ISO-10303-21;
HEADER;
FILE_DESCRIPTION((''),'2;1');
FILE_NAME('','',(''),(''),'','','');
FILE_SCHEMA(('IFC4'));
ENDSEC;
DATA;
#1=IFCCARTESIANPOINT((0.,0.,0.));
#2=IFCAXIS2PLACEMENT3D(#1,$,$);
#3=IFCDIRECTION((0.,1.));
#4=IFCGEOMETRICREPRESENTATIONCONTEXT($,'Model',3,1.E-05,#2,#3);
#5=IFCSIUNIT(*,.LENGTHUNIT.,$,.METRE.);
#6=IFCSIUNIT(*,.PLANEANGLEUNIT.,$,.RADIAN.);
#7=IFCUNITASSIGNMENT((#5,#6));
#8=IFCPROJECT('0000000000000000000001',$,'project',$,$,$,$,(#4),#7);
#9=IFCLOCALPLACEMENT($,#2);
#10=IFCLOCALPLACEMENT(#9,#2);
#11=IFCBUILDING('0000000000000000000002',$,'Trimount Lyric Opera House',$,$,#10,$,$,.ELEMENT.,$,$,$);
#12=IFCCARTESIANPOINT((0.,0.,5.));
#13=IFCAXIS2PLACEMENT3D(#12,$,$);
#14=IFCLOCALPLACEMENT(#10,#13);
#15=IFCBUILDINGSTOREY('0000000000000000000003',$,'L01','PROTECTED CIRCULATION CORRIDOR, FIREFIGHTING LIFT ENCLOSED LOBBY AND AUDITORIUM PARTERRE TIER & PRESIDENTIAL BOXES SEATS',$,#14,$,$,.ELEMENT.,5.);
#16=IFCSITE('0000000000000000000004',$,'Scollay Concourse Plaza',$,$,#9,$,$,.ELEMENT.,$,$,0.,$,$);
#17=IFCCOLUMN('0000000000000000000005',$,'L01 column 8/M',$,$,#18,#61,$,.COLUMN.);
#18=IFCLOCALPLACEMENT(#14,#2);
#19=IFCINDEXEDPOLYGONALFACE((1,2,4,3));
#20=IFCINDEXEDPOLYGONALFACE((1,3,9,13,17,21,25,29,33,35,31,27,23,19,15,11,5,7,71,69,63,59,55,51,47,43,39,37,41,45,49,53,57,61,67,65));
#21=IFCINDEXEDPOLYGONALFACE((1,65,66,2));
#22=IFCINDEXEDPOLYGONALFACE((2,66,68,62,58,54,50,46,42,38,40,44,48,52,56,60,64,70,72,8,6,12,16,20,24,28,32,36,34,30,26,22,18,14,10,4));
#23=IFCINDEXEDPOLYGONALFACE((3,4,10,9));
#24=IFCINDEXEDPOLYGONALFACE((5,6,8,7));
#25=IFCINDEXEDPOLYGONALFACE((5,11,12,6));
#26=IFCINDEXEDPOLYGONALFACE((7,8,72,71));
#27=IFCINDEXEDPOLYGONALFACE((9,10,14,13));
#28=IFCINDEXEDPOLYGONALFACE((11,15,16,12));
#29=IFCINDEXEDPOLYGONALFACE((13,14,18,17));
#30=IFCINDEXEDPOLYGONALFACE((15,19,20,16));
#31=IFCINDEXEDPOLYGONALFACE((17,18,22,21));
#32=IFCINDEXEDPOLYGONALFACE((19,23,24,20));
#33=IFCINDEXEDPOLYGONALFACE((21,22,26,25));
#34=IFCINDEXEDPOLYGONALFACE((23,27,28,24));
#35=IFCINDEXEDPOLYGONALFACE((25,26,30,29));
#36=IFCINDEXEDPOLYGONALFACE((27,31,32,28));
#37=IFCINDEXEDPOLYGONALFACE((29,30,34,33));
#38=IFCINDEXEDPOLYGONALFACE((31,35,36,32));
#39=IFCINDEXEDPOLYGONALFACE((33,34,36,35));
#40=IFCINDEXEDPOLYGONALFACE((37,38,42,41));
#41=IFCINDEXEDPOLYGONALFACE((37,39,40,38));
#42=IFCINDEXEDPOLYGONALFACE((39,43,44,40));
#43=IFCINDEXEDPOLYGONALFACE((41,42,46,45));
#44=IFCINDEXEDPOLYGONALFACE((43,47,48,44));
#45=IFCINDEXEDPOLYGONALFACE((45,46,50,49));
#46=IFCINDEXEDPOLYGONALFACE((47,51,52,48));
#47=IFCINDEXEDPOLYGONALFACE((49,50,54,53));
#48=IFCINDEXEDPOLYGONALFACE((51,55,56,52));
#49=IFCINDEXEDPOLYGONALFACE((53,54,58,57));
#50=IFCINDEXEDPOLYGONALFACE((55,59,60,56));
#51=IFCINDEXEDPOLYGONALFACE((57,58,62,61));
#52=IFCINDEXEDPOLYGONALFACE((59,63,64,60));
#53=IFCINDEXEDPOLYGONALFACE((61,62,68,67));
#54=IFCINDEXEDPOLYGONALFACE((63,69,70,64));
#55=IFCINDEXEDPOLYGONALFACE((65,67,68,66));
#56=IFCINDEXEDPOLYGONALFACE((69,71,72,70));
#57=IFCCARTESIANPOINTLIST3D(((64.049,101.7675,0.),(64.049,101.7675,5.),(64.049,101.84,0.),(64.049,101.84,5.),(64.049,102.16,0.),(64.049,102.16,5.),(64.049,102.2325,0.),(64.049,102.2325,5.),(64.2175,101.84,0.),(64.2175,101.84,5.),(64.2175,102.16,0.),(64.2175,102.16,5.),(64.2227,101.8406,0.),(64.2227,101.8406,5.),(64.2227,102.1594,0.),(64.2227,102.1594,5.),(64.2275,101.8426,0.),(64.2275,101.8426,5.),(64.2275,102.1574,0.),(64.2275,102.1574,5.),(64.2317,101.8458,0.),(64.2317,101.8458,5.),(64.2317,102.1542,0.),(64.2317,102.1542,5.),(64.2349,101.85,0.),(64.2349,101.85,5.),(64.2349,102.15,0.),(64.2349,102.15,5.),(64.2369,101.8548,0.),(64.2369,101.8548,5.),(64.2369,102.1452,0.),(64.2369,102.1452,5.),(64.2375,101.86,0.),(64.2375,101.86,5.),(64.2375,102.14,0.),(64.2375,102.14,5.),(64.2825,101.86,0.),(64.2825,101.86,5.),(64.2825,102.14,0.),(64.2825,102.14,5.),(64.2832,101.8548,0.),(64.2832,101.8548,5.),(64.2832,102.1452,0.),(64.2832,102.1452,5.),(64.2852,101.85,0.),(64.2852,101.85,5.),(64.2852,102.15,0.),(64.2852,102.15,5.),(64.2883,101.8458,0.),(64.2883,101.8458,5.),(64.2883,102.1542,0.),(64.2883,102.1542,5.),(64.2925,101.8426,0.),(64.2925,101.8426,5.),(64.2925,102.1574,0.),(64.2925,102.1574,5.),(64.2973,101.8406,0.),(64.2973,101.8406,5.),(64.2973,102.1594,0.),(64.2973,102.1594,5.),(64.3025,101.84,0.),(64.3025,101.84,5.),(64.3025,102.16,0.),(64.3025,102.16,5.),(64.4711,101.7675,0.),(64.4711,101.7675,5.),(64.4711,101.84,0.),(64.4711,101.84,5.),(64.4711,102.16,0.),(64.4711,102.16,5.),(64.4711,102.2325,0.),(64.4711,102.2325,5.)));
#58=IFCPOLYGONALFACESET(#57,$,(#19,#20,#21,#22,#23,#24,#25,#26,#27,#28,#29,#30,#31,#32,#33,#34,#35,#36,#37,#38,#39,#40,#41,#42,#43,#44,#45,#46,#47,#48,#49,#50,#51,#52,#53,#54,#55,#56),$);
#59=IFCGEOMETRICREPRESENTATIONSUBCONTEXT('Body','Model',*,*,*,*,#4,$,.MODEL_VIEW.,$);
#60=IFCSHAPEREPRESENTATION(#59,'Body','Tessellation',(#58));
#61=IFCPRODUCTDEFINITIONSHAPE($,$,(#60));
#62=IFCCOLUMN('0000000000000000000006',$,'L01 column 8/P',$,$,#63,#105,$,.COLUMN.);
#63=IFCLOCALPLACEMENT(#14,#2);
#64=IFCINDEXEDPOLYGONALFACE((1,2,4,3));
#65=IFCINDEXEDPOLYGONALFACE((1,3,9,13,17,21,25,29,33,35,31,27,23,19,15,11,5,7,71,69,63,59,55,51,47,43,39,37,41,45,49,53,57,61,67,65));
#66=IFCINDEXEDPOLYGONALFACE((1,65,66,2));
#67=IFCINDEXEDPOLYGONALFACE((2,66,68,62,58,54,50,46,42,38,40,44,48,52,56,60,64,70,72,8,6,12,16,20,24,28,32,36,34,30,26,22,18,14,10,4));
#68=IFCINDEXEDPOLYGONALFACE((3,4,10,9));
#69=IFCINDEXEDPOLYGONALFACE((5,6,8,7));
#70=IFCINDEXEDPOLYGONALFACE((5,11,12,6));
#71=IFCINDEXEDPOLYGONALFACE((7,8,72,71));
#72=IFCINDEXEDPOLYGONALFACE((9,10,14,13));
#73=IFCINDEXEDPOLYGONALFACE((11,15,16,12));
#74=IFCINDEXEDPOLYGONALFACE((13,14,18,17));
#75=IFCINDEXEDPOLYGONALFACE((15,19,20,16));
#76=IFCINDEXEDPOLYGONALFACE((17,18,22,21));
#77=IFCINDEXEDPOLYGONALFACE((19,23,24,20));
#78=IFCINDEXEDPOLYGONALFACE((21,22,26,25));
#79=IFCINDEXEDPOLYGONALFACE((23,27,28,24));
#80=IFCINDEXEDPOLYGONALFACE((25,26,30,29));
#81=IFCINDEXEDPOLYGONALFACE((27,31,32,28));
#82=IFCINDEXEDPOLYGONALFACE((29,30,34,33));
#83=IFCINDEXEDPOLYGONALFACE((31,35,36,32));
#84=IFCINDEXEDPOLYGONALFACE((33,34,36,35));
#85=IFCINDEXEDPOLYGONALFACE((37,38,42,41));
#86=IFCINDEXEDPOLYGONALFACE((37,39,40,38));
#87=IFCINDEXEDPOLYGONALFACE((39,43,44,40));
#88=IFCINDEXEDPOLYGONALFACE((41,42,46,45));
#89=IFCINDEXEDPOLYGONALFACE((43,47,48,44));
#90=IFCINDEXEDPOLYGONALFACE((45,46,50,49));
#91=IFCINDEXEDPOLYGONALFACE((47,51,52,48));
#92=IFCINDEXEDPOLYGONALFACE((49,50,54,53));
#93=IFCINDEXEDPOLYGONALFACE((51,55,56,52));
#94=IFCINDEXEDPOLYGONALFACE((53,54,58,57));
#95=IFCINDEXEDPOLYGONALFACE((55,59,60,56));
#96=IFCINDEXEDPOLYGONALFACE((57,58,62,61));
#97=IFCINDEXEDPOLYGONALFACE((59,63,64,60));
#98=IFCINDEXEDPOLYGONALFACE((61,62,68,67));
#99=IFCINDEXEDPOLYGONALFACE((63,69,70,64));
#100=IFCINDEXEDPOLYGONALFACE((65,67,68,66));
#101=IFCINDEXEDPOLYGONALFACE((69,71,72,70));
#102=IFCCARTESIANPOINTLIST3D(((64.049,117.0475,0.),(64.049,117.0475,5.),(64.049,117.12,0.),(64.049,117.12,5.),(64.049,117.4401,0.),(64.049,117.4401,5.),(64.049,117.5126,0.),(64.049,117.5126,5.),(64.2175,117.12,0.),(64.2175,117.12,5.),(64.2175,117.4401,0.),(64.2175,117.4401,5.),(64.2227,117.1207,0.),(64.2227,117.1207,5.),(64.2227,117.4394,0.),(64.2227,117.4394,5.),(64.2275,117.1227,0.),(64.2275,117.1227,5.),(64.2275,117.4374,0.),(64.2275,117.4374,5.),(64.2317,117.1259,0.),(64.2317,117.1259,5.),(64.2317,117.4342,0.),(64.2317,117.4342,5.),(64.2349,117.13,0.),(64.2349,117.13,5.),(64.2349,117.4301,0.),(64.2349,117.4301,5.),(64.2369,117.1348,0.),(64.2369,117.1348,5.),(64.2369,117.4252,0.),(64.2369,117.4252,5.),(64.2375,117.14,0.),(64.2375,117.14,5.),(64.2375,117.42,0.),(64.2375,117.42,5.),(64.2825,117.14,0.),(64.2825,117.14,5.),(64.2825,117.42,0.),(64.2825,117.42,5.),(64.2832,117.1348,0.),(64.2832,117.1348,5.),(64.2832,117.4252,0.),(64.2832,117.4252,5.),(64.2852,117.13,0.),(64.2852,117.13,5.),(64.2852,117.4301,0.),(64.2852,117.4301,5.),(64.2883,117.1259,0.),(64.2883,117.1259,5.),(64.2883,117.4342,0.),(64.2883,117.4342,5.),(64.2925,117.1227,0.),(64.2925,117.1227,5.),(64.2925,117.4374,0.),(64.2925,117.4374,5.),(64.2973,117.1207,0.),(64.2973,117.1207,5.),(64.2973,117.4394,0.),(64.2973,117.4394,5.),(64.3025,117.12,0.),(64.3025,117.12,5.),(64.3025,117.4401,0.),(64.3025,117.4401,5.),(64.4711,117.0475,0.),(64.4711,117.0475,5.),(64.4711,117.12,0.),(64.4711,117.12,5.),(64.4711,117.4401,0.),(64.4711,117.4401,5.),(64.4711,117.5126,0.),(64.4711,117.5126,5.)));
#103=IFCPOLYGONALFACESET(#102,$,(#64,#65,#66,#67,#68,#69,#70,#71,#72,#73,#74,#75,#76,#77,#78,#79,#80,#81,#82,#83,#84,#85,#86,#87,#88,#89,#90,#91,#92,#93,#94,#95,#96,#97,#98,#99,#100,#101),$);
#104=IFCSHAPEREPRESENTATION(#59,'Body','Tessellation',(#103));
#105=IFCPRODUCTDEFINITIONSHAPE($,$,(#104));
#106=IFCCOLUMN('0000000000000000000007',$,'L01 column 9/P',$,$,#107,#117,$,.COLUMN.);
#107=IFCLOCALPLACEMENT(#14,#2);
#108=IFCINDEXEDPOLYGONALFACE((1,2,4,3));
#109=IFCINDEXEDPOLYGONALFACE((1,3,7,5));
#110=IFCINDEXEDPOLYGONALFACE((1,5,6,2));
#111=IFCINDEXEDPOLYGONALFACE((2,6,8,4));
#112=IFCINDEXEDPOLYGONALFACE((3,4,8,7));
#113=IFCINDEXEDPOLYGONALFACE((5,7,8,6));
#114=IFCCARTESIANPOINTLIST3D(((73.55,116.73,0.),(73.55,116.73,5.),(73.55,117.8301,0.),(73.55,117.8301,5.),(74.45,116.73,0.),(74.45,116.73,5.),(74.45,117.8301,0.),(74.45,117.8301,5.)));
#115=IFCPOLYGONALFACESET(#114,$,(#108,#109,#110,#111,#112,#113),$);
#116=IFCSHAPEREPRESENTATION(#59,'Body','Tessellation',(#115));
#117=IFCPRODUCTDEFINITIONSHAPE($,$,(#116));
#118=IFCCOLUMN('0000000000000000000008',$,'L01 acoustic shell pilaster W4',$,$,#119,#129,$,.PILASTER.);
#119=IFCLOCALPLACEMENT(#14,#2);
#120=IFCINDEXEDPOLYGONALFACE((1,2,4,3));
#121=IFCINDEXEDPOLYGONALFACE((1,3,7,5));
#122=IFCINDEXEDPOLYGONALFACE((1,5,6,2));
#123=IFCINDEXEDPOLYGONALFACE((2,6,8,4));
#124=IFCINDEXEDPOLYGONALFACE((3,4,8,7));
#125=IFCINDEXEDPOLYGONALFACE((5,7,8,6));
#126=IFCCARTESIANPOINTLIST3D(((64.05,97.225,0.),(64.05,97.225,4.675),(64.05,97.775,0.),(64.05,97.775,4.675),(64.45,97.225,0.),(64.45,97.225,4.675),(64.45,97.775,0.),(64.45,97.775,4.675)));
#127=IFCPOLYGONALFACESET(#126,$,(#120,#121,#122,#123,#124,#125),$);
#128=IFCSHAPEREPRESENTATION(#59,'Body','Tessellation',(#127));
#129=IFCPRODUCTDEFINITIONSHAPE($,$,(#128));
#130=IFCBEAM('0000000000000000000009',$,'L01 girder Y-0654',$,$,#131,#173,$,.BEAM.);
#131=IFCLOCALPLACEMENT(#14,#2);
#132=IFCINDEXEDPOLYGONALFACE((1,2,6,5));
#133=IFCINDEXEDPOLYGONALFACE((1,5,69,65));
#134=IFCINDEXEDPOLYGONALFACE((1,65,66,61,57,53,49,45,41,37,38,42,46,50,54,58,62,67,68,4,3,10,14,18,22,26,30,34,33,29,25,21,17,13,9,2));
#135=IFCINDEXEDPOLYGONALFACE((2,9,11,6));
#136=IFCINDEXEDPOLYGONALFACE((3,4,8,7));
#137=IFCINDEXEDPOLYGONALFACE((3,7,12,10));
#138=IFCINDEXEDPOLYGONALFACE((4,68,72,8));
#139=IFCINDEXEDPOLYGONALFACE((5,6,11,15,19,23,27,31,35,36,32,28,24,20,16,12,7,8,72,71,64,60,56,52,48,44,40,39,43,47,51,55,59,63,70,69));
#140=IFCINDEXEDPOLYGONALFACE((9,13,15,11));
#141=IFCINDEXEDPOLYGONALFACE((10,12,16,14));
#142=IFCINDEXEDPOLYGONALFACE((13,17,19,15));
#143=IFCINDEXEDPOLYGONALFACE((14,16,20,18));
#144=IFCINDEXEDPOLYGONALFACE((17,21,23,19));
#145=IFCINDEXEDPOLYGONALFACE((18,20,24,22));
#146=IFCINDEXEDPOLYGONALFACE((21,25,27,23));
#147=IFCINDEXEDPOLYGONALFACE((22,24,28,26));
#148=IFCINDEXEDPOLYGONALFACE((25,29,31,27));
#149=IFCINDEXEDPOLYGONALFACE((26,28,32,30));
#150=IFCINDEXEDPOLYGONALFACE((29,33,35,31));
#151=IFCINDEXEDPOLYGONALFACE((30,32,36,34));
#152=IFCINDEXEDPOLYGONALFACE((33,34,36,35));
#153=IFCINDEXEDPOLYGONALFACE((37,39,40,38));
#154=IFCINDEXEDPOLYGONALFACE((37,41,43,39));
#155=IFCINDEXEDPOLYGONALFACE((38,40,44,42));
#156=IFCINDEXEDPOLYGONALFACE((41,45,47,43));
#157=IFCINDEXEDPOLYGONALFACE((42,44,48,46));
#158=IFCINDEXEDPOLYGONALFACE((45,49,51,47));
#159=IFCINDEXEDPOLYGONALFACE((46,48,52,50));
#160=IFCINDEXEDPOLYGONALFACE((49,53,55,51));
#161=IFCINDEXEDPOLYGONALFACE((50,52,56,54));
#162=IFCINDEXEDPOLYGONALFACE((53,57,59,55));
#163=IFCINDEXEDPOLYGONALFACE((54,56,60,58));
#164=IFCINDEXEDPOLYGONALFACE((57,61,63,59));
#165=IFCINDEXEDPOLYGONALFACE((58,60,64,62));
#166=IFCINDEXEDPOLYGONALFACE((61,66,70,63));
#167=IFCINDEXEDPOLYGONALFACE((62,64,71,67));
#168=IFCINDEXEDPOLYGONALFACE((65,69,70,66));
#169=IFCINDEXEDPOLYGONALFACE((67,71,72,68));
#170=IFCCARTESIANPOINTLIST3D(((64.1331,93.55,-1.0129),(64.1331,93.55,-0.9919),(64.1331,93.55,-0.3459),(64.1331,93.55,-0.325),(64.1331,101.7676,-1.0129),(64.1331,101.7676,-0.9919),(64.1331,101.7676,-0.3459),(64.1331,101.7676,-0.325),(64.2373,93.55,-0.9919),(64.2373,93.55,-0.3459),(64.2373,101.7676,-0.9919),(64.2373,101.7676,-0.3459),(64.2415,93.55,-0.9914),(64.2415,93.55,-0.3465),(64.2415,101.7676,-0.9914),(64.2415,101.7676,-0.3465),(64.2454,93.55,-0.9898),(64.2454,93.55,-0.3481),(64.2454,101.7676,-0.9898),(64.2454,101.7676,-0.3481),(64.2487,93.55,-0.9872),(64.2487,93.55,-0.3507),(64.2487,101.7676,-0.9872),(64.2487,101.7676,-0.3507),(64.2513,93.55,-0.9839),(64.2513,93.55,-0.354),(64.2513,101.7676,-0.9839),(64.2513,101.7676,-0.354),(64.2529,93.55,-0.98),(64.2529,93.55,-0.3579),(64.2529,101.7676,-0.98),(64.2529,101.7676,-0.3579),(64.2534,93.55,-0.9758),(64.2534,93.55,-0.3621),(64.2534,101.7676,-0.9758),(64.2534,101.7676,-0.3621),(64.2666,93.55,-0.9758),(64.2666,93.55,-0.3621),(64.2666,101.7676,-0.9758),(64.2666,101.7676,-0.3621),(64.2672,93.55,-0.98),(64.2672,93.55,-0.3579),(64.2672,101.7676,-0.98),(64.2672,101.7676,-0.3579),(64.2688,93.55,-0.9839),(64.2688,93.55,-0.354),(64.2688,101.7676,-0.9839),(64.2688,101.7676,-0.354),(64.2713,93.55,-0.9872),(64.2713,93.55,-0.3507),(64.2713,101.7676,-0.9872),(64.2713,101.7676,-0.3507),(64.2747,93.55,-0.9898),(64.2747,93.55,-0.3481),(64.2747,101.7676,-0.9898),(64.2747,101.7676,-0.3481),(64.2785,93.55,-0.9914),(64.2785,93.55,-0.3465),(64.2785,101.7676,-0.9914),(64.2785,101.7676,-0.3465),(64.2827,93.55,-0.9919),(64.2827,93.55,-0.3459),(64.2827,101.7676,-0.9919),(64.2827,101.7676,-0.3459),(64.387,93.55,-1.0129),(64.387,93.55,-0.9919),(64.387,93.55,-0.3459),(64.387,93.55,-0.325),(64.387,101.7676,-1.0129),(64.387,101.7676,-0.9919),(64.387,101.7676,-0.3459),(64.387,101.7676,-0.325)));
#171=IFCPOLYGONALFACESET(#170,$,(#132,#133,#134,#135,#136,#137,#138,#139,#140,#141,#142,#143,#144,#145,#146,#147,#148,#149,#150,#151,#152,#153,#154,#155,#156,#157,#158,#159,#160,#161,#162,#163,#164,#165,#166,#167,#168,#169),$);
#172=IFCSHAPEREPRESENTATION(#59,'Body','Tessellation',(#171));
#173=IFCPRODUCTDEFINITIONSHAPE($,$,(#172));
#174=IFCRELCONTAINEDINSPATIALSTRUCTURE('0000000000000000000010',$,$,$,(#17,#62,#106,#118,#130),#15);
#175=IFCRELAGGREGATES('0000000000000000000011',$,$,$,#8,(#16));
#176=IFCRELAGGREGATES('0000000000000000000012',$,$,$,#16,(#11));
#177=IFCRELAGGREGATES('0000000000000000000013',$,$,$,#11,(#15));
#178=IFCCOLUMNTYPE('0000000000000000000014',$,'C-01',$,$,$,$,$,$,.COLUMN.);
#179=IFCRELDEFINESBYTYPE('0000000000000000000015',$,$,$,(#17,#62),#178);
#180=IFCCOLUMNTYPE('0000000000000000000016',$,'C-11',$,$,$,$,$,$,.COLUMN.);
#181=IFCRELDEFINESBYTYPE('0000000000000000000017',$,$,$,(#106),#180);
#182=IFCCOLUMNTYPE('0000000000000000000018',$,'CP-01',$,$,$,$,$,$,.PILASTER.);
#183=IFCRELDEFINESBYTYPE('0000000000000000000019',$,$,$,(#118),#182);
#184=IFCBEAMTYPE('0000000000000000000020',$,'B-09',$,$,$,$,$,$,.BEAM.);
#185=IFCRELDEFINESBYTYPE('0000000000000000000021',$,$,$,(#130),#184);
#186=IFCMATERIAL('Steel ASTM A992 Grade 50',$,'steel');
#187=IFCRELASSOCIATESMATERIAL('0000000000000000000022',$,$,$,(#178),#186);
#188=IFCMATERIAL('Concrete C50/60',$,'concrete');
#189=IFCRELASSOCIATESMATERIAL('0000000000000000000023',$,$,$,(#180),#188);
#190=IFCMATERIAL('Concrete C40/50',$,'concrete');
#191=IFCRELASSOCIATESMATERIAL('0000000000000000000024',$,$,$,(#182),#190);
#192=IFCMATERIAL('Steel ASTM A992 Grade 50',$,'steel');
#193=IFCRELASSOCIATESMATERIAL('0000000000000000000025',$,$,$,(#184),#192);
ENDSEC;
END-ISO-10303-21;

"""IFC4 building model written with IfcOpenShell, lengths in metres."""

from ifc_helpers import new_model, si_unit, direction, frame, origin, origin_2d, place, context, subcontext, project, spatial, rectangle, i_section, extrude, material, material_profile, profile_set, type_object, element, save


model = new_model("IFC4")

# Units and contexts
model_context = context("Model", 3, precision=1e-05, world=origin(), true_north=direction((0.0, 1.0)))
body_context = subcontext(model_context, "Body", "Model", "MODEL_VIEW")
ifc_project = project(units=[si_unit("LENGTHUNIT", "METRE"), si_unit("PLANEANGLEUNIT", "RADIAN")], contexts=[model_context])

# Site, building, storey
site_placement = place(None, origin())
site = spatial("IfcSite", under=ifc_project, at=site_placement, Name="Scollay Concourse Plaza", CompositionType="ELEMENT", RefElevation=0.0)
building_placement = place(site_placement, origin())
building = spatial("IfcBuilding", under=site, at=building_placement, Name="Trimount Lyric Opera House", CompositionType="ELEMENT")
storey_placement = place(building_placement, frame((0.0, 0.0, 5.0)))
storey = spatial("IfcBuildingStorey", under=building, at=storey_placement, Name="L01", Description="PROTECTED CIRCULATION CORRIDOR, FIREFIGHTING LIFT ENCLOSED LOBBY AND AUDITORIUM PARTERRE TIER & PRESIDENTIAL BOXES SEATS", CompositionType="ELEMENT", Elevation=5.0)

# Columns
ifc_material_1 = material(Name="Steel ASTM A992 Grade 50", Category="steel")
ifc_material_profile_1 = material_profile(ifc_material_1, i_section(OverallWidth=0.4221, OverallDepth=0.4651, WebThickness=0.0449, FlangeThickness=0.0725, FilletRadius=0.02, at=origin_2d()), Name="W14X398")
ifc_profile_set_1 = profile_set([ifc_material_profile_1], Name="Steel ASTM A992 Grade 50")
column_type_1 = type_object("IfcColumnType", Name="C-01", PredefinedType="COLUMN", material=ifc_profile_set_1)
for number, where, z_axis, x_axis, name in (
    (1, (64.26, 102.0, 0.0), (0.0, 0.0, 1.0), (1.0, 0.0, 0.0), "L01 column 8/M"),
    (2, (64.26, 117.28, 0.0), (0.0, 0.0, 1.0), (1.0, 0.0, 0.0), "L01 column 8/P"),
):
    element("IfcColumn", number, at=place(storey_placement, frame(where, z_axis=z_axis, x_axis=x_axis)), inside=storey, type_object=column_type_1, Name=name, PredefinedType="COLUMN", context=body_context, shape_type="SweptSolid", body=[
        extrude(i_section(OverallWidth=0.4221, OverallDepth=0.4651, WebThickness=0.0449, FlangeThickness=0.0725, FilletRadius=0.02, at=origin_2d()), origin(), (0.0, 0.0, 1.0), 5.0),
    ])
ifc_material_2 = material(Name="Concrete C50/60", Category="concrete")
ifc_material_profile_2 = material_profile(ifc_material_2, rectangle(XDim=0.8999, YDim=1.1001, at=origin_2d()), Name="RC1100X900")
ifc_profile_set_2 = profile_set([ifc_material_profile_2], Name="Concrete C50/60")
column_type_2 = type_object("IfcColumnType", Name="C-11", PredefinedType="COLUMN", material=ifc_profile_set_2)
column_1_placement = place(storey_placement, frame((74.0, 117.28, 0.0), z_axis=(0.0, 0.0, 1.0), x_axis=(1.0, 0.0, 0.0)))
element("IfcColumn", 3, at=column_1_placement, inside=storey, type_object=column_type_2, Name="L01 column 9/P", PredefinedType="COLUMN", context=body_context, shape_type="SweptSolid", body=[
    extrude(rectangle(XDim=0.8999, YDim=1.1001, at=origin_2d()), origin(), (0.0, 0.0, 1.0), 5.0),
])
ifc_material_3 = material(Name="Concrete C40/50", Category="concrete")
ifc_material_profile_3 = material_profile(ifc_material_3, rectangle(XDim=0.3999, YDim=0.55, at=origin_2d()), Name="RC550X400")
ifc_profile_set_3 = profile_set([ifc_material_profile_3], Name="Concrete C40/50")
column_type_3 = type_object("IfcColumnType", Name="CP-01", PredefinedType="PILASTER", material=ifc_profile_set_3)
column_2_placement = place(storey_placement, frame((64.25, 97.5, 0.0), z_axis=(0.0, 0.0, 1.0), x_axis=(1.0, 0.0, 0.0)))
element("IfcColumn", 4, at=column_2_placement, inside=storey, type_object=column_type_3, Name="L01 acoustic shell pilaster W4", PredefinedType="PILASTER", context=body_context, shape_type="SweptSolid", body=[
    extrude(rectangle(XDim=0.3999, YDim=0.55, at=origin_2d()), origin(), (0.0, 0.0, 1.0), 4.675),
])

# Beam
ifc_material_4 = material(Name="Steel ASTM A992 Grade 50", Category="steel")
ifc_material_profile_4 = material_profile(ifc_material_4, i_section(OverallWidth=0.2539, OverallDepth=0.688, WebThickness=0.0132, FlangeThickness=0.021, FilletRadius=0.0161, at=origin_2d()), Name="W27X102")
ifc_profile_set_4 = profile_set([ifc_material_profile_4], Name="Steel ASTM A992 Grade 50")
beam_type_1 = type_object("IfcBeamType", Name="B-09", PredefinedType="BEAM", material=ifc_profile_set_4)
beam_1_placement = place(storey_placement, frame((64.26, 93.55, -0.6689), z_axis=(0.0, 1.0, 0.0), x_axis=(-1.0, 0.0, 0.0)))
element("IfcBeam", 5, at=beam_1_placement, inside=storey, type_object=beam_type_1, Name="L01 girder Y-0654", PredefinedType="BEAM", context=body_context, shape_type="SweptSolid", body=[
    extrude(i_section(OverallWidth=0.2539, OverallDepth=0.688, WebThickness=0.0132, FlangeThickness=0.021, FilletRadius=0.0161, at=origin_2d()), origin(), (0.0, 0.0, 1.0), 8.2175),
])

save(model, "model.ifc")
